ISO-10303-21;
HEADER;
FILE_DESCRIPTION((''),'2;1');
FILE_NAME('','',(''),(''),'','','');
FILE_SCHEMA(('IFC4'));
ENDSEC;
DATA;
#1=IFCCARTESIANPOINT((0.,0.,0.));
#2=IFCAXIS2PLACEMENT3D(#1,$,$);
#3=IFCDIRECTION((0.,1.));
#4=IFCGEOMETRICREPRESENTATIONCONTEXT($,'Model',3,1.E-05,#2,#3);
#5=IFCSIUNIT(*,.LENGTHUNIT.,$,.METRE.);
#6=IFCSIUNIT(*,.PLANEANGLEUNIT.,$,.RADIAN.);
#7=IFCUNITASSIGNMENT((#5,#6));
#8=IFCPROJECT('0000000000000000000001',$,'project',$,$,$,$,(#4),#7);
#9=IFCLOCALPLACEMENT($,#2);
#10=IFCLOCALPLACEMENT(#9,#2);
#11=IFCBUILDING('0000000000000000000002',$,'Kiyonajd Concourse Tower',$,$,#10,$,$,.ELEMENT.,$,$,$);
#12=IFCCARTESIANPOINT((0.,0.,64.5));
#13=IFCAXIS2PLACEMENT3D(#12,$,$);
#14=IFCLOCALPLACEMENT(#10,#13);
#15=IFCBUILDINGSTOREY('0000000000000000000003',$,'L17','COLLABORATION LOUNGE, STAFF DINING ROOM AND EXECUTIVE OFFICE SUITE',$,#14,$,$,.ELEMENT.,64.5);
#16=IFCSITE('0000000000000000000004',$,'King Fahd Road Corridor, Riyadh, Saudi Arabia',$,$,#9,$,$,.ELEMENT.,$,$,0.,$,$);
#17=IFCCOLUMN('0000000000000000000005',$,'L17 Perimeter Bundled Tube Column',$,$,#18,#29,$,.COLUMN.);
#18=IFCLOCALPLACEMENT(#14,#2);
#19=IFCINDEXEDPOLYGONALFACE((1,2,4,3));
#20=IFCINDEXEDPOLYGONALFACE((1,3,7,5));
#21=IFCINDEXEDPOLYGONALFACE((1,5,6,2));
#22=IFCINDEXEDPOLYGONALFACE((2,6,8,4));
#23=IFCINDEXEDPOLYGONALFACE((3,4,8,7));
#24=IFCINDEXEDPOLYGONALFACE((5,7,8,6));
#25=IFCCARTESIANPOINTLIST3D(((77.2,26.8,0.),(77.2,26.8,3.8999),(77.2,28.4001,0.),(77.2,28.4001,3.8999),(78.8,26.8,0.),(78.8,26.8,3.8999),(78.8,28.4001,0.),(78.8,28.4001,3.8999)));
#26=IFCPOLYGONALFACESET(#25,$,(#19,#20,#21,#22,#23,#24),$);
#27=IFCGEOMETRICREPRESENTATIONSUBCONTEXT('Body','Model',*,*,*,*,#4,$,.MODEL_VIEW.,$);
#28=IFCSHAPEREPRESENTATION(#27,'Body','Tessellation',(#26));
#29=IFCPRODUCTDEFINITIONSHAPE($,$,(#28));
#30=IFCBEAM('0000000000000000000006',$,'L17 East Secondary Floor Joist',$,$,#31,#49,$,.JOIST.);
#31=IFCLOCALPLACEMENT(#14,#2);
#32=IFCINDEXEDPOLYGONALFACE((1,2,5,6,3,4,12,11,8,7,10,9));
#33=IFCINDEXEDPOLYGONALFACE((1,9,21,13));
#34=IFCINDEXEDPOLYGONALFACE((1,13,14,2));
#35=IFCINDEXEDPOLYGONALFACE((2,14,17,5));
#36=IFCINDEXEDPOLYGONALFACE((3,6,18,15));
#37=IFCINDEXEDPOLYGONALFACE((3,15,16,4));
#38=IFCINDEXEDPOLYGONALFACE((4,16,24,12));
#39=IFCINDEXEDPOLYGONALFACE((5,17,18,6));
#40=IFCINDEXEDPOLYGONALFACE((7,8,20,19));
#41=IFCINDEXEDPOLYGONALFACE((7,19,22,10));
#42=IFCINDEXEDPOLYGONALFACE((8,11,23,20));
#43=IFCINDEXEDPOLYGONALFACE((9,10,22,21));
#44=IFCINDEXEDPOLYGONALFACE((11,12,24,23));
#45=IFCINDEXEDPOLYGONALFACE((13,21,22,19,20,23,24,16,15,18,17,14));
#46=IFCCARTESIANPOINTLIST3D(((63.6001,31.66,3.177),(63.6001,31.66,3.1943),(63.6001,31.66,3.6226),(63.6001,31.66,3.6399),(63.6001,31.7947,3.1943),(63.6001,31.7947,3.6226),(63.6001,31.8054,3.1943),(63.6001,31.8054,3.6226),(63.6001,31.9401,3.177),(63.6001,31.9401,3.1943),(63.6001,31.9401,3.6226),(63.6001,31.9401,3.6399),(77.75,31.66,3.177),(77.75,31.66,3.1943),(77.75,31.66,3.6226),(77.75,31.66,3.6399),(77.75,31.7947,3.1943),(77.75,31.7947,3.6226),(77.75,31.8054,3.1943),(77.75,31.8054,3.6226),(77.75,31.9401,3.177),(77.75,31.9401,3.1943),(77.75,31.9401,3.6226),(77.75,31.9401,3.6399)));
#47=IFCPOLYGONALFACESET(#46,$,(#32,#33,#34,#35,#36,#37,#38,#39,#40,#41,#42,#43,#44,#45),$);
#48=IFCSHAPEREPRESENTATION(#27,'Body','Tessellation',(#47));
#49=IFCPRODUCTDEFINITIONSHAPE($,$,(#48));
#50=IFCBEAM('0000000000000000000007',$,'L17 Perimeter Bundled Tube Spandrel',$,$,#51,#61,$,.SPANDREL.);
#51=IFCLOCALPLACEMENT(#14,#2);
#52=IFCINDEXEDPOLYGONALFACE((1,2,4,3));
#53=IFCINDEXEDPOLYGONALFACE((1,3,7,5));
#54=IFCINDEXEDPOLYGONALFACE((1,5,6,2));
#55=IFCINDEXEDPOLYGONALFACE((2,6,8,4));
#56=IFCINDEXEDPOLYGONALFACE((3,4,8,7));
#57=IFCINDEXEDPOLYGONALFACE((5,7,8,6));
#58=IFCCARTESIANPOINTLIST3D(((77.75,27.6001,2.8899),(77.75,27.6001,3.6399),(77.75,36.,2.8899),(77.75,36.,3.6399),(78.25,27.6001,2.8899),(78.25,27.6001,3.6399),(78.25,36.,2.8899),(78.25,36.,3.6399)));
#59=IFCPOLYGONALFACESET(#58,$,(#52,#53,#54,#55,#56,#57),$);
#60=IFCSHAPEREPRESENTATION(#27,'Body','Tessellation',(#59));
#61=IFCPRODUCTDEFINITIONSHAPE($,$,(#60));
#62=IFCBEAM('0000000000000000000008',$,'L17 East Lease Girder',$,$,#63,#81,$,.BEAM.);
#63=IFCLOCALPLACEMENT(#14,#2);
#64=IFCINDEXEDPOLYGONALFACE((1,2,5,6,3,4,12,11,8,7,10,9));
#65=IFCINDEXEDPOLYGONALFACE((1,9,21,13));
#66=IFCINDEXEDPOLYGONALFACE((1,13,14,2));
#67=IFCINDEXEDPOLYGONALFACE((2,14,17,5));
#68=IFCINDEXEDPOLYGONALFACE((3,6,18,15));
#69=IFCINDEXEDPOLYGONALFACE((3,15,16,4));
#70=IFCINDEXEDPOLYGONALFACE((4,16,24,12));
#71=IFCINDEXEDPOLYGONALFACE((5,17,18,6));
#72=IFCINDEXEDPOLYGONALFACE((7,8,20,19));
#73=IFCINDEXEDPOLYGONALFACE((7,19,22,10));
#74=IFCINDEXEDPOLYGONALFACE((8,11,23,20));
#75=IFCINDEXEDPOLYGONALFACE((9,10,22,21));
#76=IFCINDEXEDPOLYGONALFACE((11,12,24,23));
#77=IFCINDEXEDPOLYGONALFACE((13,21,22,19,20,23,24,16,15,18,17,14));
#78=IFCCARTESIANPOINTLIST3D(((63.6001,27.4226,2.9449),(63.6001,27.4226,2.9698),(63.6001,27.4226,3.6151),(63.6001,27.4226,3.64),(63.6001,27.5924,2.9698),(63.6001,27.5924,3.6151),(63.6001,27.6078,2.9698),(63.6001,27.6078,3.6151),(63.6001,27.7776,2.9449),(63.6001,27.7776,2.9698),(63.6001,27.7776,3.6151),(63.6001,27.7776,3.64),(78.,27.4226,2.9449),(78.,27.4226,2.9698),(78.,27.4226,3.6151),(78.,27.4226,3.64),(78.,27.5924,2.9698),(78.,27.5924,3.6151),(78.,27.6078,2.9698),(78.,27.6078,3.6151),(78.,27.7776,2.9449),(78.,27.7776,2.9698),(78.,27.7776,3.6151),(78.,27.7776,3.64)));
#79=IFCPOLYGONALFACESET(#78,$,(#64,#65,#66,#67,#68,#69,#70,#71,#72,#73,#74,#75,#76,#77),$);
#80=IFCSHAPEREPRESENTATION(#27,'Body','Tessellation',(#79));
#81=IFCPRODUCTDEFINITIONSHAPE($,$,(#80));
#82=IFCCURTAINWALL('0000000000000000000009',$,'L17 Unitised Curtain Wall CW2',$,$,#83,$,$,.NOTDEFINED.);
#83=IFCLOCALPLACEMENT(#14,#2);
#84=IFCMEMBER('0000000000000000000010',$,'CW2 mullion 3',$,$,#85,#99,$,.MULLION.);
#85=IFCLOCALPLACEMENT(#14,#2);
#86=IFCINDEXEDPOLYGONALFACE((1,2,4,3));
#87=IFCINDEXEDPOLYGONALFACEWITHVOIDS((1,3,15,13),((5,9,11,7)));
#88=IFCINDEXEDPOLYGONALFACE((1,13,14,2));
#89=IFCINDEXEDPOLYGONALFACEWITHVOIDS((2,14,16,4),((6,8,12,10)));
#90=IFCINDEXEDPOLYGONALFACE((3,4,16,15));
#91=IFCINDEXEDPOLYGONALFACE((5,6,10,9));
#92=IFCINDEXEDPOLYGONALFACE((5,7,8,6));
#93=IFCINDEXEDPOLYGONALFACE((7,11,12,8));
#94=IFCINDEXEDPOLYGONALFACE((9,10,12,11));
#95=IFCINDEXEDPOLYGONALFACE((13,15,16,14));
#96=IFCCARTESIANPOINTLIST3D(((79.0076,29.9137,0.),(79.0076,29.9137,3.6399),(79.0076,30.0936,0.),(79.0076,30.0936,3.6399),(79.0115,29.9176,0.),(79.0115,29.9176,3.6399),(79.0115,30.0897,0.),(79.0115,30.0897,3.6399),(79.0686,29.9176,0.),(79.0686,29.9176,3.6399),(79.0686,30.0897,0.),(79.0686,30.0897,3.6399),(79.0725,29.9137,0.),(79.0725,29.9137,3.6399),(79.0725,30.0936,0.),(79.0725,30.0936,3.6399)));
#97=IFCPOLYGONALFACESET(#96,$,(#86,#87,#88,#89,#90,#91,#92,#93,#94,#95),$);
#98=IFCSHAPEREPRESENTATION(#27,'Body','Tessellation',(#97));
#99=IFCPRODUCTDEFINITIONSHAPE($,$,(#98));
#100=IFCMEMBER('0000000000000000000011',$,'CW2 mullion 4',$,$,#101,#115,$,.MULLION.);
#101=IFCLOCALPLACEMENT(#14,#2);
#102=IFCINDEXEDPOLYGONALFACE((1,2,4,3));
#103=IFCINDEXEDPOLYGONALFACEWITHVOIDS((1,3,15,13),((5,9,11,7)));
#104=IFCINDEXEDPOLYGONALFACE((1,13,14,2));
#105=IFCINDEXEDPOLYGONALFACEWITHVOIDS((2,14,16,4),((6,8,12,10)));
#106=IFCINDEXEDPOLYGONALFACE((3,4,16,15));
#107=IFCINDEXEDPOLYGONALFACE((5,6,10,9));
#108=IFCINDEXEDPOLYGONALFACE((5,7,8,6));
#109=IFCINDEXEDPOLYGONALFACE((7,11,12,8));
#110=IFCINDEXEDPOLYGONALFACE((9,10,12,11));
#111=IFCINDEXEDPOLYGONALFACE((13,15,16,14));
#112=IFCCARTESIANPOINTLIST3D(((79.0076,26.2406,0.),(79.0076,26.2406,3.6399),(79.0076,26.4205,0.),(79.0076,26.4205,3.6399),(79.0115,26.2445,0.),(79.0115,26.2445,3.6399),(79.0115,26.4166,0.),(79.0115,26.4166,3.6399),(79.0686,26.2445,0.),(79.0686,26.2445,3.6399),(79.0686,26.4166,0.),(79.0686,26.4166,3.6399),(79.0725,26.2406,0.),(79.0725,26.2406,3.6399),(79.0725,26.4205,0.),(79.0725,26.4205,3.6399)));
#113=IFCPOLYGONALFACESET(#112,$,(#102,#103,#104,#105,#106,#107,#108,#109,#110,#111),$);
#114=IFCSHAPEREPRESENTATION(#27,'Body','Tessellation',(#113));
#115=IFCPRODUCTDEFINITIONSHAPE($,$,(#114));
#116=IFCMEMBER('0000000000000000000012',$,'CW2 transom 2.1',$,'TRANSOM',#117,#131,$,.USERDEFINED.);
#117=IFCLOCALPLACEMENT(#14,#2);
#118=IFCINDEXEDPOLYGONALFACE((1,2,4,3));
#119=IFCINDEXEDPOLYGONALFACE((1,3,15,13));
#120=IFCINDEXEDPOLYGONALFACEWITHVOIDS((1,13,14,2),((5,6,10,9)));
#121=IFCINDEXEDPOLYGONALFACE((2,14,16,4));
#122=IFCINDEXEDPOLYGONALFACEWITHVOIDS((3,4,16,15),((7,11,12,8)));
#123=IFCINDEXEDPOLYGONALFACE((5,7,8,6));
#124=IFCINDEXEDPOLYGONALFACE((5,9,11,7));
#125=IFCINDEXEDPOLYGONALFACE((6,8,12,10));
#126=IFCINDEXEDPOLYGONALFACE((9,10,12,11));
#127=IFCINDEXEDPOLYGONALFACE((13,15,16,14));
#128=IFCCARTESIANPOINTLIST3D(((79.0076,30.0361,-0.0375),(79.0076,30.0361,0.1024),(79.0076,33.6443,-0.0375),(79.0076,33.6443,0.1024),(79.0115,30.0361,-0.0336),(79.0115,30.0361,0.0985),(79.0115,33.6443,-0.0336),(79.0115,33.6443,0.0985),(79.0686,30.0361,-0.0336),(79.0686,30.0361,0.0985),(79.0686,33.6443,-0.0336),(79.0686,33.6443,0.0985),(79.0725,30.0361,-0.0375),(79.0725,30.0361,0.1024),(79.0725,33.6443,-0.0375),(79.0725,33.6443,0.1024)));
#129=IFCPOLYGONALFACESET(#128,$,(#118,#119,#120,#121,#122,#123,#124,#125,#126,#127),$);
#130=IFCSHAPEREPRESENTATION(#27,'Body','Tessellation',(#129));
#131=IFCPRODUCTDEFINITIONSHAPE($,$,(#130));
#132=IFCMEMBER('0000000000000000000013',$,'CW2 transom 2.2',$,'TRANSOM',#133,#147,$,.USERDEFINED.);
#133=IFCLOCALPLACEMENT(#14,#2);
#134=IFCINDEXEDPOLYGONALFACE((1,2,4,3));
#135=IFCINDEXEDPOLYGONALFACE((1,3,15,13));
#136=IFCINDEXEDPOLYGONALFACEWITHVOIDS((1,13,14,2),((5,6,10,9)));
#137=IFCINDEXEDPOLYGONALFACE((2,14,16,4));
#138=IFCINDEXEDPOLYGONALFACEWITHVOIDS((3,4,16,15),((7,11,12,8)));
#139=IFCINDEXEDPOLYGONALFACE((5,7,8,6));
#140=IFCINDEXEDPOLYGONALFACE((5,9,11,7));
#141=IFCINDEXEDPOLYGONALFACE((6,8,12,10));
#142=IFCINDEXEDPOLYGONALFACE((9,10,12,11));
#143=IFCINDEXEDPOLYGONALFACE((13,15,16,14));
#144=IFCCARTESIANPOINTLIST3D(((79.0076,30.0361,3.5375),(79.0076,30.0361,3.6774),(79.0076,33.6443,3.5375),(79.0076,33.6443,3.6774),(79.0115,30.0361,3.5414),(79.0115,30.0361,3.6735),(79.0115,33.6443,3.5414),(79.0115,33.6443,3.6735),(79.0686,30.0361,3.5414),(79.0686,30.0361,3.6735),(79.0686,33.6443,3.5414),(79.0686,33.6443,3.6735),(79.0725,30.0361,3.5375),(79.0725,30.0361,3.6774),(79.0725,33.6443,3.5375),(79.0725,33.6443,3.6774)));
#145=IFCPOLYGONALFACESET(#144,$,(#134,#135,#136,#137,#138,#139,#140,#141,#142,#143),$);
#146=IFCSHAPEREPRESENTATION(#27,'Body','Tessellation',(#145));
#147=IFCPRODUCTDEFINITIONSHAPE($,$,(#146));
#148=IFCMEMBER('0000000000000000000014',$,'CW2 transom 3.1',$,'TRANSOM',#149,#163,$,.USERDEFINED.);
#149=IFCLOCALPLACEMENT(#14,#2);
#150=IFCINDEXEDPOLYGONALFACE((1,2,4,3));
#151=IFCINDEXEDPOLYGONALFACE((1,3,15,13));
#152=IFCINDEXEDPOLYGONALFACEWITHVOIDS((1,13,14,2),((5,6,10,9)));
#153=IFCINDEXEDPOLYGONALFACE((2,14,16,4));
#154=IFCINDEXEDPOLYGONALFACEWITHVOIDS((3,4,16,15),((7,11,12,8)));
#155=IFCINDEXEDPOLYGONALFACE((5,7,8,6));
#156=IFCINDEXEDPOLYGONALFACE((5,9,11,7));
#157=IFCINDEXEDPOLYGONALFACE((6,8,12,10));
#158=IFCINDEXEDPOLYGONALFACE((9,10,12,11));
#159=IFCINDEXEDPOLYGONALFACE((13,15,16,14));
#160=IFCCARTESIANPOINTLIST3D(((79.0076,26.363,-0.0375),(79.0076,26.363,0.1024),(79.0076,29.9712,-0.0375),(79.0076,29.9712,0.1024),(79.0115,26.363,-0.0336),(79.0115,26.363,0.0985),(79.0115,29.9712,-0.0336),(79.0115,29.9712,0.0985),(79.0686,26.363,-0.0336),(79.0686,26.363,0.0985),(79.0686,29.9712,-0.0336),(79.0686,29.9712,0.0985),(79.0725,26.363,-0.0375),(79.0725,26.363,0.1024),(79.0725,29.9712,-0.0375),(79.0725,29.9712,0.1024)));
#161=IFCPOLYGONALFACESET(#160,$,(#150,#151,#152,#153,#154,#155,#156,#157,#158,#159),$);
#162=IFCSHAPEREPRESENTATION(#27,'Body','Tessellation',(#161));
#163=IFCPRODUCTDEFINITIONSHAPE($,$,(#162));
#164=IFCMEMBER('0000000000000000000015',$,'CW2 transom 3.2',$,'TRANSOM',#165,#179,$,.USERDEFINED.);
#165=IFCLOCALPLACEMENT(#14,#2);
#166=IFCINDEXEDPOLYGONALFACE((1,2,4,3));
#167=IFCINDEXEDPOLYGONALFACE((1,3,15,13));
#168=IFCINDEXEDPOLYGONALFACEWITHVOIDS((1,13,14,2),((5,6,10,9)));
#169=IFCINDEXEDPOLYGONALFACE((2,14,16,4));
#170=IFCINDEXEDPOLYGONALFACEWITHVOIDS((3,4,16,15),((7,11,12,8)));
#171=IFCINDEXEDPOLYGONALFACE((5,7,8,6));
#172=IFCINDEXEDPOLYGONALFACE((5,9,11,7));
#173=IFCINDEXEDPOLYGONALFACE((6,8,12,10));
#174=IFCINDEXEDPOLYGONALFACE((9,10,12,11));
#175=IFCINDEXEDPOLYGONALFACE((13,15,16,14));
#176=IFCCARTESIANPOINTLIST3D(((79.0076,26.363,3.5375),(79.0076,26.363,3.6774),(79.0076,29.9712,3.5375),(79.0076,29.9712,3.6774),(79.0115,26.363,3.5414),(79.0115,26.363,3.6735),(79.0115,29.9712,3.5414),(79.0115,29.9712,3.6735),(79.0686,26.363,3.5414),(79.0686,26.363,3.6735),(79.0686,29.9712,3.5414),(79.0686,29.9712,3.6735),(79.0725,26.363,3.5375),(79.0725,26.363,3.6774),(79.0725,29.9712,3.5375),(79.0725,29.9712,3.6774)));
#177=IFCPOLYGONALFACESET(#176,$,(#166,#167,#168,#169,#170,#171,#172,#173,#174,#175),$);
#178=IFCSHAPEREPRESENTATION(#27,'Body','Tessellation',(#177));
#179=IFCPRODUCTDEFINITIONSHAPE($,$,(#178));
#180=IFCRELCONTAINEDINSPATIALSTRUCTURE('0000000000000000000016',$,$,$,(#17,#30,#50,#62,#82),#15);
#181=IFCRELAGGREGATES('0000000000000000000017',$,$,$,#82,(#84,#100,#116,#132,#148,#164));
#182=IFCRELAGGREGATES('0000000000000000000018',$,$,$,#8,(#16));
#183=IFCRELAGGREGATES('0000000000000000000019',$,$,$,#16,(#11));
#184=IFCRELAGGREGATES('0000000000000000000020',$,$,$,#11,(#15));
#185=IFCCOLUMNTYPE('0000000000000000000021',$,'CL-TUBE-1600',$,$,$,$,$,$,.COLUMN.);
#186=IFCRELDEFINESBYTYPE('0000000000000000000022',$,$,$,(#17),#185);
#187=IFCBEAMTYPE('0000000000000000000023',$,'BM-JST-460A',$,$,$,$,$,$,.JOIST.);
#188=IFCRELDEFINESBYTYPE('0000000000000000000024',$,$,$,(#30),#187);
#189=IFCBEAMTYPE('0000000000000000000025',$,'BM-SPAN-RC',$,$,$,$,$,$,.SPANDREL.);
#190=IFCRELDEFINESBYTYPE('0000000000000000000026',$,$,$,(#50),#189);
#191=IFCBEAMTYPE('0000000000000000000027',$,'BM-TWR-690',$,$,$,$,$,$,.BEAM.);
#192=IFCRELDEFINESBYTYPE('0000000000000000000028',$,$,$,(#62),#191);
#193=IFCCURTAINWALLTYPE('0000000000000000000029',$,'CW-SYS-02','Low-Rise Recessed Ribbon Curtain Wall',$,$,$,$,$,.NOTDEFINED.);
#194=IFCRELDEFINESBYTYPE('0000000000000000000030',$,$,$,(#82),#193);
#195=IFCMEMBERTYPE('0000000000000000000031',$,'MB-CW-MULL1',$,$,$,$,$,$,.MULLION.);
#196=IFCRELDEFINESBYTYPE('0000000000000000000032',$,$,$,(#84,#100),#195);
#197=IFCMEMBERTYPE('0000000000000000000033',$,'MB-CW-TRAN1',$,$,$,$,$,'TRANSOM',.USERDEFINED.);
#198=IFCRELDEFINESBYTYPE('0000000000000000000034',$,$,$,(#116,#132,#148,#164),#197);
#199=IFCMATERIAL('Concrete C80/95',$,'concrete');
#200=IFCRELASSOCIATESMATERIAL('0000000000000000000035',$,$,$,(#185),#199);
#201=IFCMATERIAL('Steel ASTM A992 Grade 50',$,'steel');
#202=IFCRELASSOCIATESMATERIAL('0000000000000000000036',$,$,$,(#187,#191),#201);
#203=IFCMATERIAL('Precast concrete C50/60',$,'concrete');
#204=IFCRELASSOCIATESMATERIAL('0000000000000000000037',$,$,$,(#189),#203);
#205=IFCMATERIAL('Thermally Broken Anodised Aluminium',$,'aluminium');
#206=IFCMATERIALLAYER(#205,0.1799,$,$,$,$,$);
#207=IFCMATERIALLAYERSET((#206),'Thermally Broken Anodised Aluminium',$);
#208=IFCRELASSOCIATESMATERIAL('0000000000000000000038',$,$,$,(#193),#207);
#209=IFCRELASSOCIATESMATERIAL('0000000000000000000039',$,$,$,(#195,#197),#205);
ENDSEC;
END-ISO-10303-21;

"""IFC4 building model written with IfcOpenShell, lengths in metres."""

from ifc_helpers import new_model, si_unit, direction, frame, origin, origin_2d, place, context, subcontext, project, spatial, rectangle, hollow_rectangle, i_section, extrude, material, layer, layer_set, material_profile, profile_set, type_object, element, aggregate, save


model = new_model("IFC4")

# Units and contexts
model_context = context("Model", 3, precision=1e-05, world=origin(), true_north=direction((0.0, 1.0)))
body_context = subcontext(model_context, "Body", "Model", "MODEL_VIEW")
ifc_project = project(units=[si_unit("LENGTHUNIT", "METRE"), si_unit("PLANEANGLEUNIT", "RADIAN")], contexts=[model_context])

# Site, building, storey
site_placement = place(None, origin())
site = spatial("IfcSite", under=ifc_project, at=site_placement, Name="King Fahd Road Corridor, Riyadh, Saudi Arabia", CompositionType="ELEMENT", RefElevation=0.0)
building_placement = place(site_placement, origin())
building = spatial("IfcBuilding", under=site, at=building_placement, Name="Kiyonajd Concourse Tower", CompositionType="ELEMENT")
storey_placement = place(building_placement, frame((0.0, 0.0, 64.5)))
storey = spatial("IfcBuildingStorey", under=building, at=storey_placement, Name="L17", Description="COLLABORATION LOUNGE, STAFF DINING ROOM AND EXECUTIVE OFFICE SUITE", CompositionType="ELEMENT", Elevation=64.5)

# Column
ifc_material_1 = material(Name="Concrete C80/95", Category="concrete")
ifc_material_profile_1 = material_profile(ifc_material_1, rectangle(XDim=1.6001, YDim=1.6001, at=origin_2d()), Name="RC-1600x1600")
ifc_profile_set_1 = profile_set([ifc_material_profile_1], Name="Concrete C80/95")
column_type = type_object("IfcColumnType", Name="CL-TUBE-1600", PredefinedType="COLUMN", material=ifc_profile_set_1)
column_placement = place(storey_placement, frame((78.0, 27.6001, 0.0), z_axis=(0.0, 0.0, 1.0), x_axis=(1.0, 0.0, 0.0)))
element("IfcColumn", 1, at=column_placement, inside=storey, type_object=column_type, Name="L17 Perimeter Bundled Tube Column", PredefinedType="COLUMN", context=body_context, shape_type="SweptSolid", body=[
    extrude(rectangle(XDim=1.6001, YDim=1.6001, at=origin_2d()), origin(), (0.0, 0.0, 1.0), 3.8999),
])

# Beams
ifc_material_2 = material(Name="Steel ASTM A992 Grade 50", Category="steel")
ifc_material_profile_2 = material_profile(ifc_material_2, i_section(OverallWidth=0.28, OverallDepth=0.4629, WebThickness=0.0107, FlangeThickness=0.0173, at=origin_2d()), Name="W460X113")
ifc_profile_set_2 = profile_set([ifc_material_profile_2], Name="Steel ASTM A992 Grade 50")
beam_type_1 = type_object("IfcBeamType", Name="BM-JST-460A", PredefinedType="JOIST", material=ifc_profile_set_2)
beam_1_placement = place(storey_placement, frame((63.6001, 31.8, 3.4084), z_axis=(1.0, 0.0, 0.0), x_axis=(0.0, 1.0, 0.0)))
element("IfcBeam", 2, at=beam_1_placement, inside=storey, type_object=beam_type_1, Name="L17 East Secondary Floor Joist", PredefinedType="JOIST", context=body_context, shape_type="SweptSolid", body=[
    extrude(i_section(OverallWidth=0.28, OverallDepth=0.4629, WebThickness=0.0107, FlangeThickness=0.0173, at=origin_2d()), origin(), (0.0, 0.0, 1.0), 14.1499),
])
ifc_material_3 = material(Name="Precast concrete C50/60", Category="concrete")
ifc_material_profile_3 = material_profile(ifc_material_3, rectangle(XDim=0.5, YDim=0.75, at=origin_2d()), Name="RCBM-500x750")
ifc_profile_set_3 = profile_set([ifc_material_profile_3], Name="Precast concrete C50/60")
beam_type_2 = type_object("IfcBeamType", Name="BM-SPAN-RC", PredefinedType="SPANDREL", material=ifc_profile_set_3)
beam_2_placement = place(storey_placement, frame((78.0, 27.6001, 3.2649), z_axis=(0.0, 1.0, 0.0), x_axis=(-1.0, 0.0, 0.0)))
element("IfcBeam", 3, at=beam_2_placement, inside=storey, type_object=beam_type_2, Name="L17 Perimeter Bundled Tube Spandrel", PredefinedType="SPANDREL", context=body_context, shape_type="SweptSolid", body=[
    extrude(rectangle(XDim=0.5, YDim=0.75, at=origin_2d()), origin(), (0.0, 0.0, 1.0), 8.3999),
])
ifc_material_profile_4 = material_profile(ifc_material_2, i_section(OverallWidth=0.355, OverallDepth=0.6951, WebThickness=0.0154, FlangeThickness=0.0249, at=origin_2d()), Name="W690X217")
ifc_profile_set_4 = profile_set([ifc_material_profile_4], Name="Steel ASTM A992 Grade 50")
beam_type_3 = type_object("IfcBeamType", Name="BM-TWR-690", PredefinedType="BEAM", material=ifc_profile_set_4)
beam_3_placement = place(storey_placement, frame((63.6001, 27.6001, 3.2925), z_axis=(1.0, 0.0, 0.0), x_axis=(0.0, 1.0, 0.0)))
element("IfcBeam", 4, at=beam_3_placement, inside=storey, type_object=beam_type_3, Name="L17 East Lease Girder", PredefinedType="BEAM", context=body_context, shape_type="SweptSolid", body=[
    extrude(i_section(OverallWidth=0.355, OverallDepth=0.6951, WebThickness=0.0154, FlangeThickness=0.0249, at=origin_2d()), origin(), (0.0, 0.0, 1.0), 14.3999),
])

# Curtain wall, members
ifc_material_4 = material(Name="Thermally Broken Anodised Aluminium", Category="aluminium")
ifc_layer_1 = layer(ifc_material_4, 0.1799)
ifc_layer_set_1 = layer_set([ifc_layer_1], Name="Thermally Broken Anodised Aluminium")
curtain_wall_type = type_object("IfcCurtainWallType", Name="CW-SYS-02", Description="Low-Rise Recessed Ribbon Curtain Wall", PredefinedType="NOTDEFINED", material=ifc_layer_set_1)
curtain_wall_placement = place(storey_placement, origin())
curtain_wall = element("IfcCurtainWall", 5, at=curtain_wall_placement, inside=storey, type_object=curtain_wall_type, Name="L17 Unitised Curtain Wall CW2", PredefinedType="NOTDEFINED")
ifc_material_profile_5 = material_profile(ifc_material_4, hollow_rectangle(XDim=0.0649, YDim=0.1799, WallThickness=0.0039, at=origin_2d()), Name="MULL-65x180")
ifc_profile_set_5 = profile_set([ifc_material_profile_5], Name="Thermally Broken Anodised Aluminium")
member_type_1 = type_object("IfcMemberType", Name="MB-CW-MULL1", PredefinedType="MULLION", material=ifc_profile_set_5)
member_1_placement = place(storey_placement, frame((79.04, 30.0037, 0.0), z_axis=(0.0, 0.0, 1.0), x_axis=(1.0, 0.0, 0.0)))
member_1 = element("IfcMember", 6, at=member_1_placement, type_object=member_type_1, Name="CW2 mullion 3", PredefinedType="MULLION", context=body_context, shape_type="SweptSolid", body=[
    extrude(hollow_rectangle(XDim=0.0649, YDim=0.1799, WallThickness=0.0039, at=origin_2d()), origin(), (0.0, 0.0, 1.0), 3.6399),
])
member_2_placement = place(storey_placement, frame((79.04, 26.3306, 0.0), z_axis=(0.0, 0.0, 1.0), x_axis=(1.0, 0.0, 0.0)))
member_2 = element("IfcMember", 7, at=member_2_placement, type_object=member_type_1, Name="CW2 mullion 4", PredefinedType="MULLION", context=body_context, shape_type="SweptSolid", body=[
    extrude(hollow_rectangle(XDim=0.0649, YDim=0.1799, WallThickness=0.0039, at=origin_2d()), origin(), (0.0, 0.0, 1.0), 3.6399),
])
ifc_material_profile_6 = material_profile(ifc_material_4, hollow_rectangle(XDim=0.0649, YDim=0.1399, WallThickness=0.0039, at=origin_2d()), Name="TRAN-65x140")
ifc_profile_set_6 = profile_set([ifc_material_profile_6], Name="Thermally Broken Anodised Aluminium")
member_type_2 = type_object("IfcMemberType", Name="MB-CW-TRAN1", ElementType="TRANSOM", PredefinedType="USERDEFINED", material=ifc_profile_set_6)
member_3_placement = place(storey_placement, frame((79.04, 33.6443, 0.0325), z_axis=(0.0, -1.0, 0.0), x_axis=(1.0, 0.0, 0.0)))
member_3 = element("IfcMember", 8, at=member_3_placement, type_object=member_type_2, Name="CW2 transom 2.1", ObjectType="TRANSOM", PredefinedType="USERDEFINED", context=body_context, shape_type="SweptSolid", body=[
    extrude(hollow_rectangle(XDim=0.0649, YDim=0.1399, WallThickness=0.0039, at=origin_2d()), origin(), (0.0, 0.0, 1.0), 3.6082),
])
member_4_placement = place(storey_placement, frame((79.04, 33.6443, 3.6074), z_axis=(0.0, -1.0, 0.0), x_axis=(1.0, 0.0, 0.0)))
member_4 = element("IfcMember", 9, at=member_4_placement, type_object=member_type_2, Name="CW2 transom 2.2", ObjectType="TRANSOM", PredefinedType="USERDEFINED", context=body_context, shape_type="SweptSolid", body=[
    extrude(hollow_rectangle(XDim=0.0649, YDim=0.1399, WallThickness=0.0039, at=origin_2d()), origin(), (0.0, 0.0, 1.0), 3.6082),
])
member_5_placement = place(storey_placement, frame((79.04, 29.9712, 0.0325), z_axis=(0.0, -1.0, 0.0), x_axis=(1.0, 0.0, 0.0)))
member_5 = element("IfcMember", 10, at=member_5_placement, type_object=member_type_2, Name="CW2 transom 3.1", ObjectType="TRANSOM", PredefinedType="USERDEFINED", context=body_context, shape_type="SweptSolid", body=[
    extrude(hollow_rectangle(XDim=0.0649, YDim=0.1399, WallThickness=0.0039, at=origin_2d()), origin(), (0.0, 0.0, 1.0), 3.6082),
])
member_6_placement = place(storey_placement, frame((79.04, 29.9712, 3.6074), z_axis=(0.0, -1.0, 0.0), x_axis=(1.0, 0.0, 0.0)))
member_6 = element("IfcMember", 11, at=member_6_placement, type_object=member_type_2, Name="CW2 transom 3.2", ObjectType="TRANSOM", PredefinedType="USERDEFINED", context=body_context, shape_type="SweptSolid", body=[
    extrude(hollow_rectangle(XDim=0.0649, YDim=0.1399, WallThickness=0.0039, at=origin_2d()), origin(), (0.0, 0.0, 1.0), 3.6082),
])
aggregate(curtain_wall, [member_1, member_2, member_3, member_4, member_5, member_6])

save(model, "model.ifc")
